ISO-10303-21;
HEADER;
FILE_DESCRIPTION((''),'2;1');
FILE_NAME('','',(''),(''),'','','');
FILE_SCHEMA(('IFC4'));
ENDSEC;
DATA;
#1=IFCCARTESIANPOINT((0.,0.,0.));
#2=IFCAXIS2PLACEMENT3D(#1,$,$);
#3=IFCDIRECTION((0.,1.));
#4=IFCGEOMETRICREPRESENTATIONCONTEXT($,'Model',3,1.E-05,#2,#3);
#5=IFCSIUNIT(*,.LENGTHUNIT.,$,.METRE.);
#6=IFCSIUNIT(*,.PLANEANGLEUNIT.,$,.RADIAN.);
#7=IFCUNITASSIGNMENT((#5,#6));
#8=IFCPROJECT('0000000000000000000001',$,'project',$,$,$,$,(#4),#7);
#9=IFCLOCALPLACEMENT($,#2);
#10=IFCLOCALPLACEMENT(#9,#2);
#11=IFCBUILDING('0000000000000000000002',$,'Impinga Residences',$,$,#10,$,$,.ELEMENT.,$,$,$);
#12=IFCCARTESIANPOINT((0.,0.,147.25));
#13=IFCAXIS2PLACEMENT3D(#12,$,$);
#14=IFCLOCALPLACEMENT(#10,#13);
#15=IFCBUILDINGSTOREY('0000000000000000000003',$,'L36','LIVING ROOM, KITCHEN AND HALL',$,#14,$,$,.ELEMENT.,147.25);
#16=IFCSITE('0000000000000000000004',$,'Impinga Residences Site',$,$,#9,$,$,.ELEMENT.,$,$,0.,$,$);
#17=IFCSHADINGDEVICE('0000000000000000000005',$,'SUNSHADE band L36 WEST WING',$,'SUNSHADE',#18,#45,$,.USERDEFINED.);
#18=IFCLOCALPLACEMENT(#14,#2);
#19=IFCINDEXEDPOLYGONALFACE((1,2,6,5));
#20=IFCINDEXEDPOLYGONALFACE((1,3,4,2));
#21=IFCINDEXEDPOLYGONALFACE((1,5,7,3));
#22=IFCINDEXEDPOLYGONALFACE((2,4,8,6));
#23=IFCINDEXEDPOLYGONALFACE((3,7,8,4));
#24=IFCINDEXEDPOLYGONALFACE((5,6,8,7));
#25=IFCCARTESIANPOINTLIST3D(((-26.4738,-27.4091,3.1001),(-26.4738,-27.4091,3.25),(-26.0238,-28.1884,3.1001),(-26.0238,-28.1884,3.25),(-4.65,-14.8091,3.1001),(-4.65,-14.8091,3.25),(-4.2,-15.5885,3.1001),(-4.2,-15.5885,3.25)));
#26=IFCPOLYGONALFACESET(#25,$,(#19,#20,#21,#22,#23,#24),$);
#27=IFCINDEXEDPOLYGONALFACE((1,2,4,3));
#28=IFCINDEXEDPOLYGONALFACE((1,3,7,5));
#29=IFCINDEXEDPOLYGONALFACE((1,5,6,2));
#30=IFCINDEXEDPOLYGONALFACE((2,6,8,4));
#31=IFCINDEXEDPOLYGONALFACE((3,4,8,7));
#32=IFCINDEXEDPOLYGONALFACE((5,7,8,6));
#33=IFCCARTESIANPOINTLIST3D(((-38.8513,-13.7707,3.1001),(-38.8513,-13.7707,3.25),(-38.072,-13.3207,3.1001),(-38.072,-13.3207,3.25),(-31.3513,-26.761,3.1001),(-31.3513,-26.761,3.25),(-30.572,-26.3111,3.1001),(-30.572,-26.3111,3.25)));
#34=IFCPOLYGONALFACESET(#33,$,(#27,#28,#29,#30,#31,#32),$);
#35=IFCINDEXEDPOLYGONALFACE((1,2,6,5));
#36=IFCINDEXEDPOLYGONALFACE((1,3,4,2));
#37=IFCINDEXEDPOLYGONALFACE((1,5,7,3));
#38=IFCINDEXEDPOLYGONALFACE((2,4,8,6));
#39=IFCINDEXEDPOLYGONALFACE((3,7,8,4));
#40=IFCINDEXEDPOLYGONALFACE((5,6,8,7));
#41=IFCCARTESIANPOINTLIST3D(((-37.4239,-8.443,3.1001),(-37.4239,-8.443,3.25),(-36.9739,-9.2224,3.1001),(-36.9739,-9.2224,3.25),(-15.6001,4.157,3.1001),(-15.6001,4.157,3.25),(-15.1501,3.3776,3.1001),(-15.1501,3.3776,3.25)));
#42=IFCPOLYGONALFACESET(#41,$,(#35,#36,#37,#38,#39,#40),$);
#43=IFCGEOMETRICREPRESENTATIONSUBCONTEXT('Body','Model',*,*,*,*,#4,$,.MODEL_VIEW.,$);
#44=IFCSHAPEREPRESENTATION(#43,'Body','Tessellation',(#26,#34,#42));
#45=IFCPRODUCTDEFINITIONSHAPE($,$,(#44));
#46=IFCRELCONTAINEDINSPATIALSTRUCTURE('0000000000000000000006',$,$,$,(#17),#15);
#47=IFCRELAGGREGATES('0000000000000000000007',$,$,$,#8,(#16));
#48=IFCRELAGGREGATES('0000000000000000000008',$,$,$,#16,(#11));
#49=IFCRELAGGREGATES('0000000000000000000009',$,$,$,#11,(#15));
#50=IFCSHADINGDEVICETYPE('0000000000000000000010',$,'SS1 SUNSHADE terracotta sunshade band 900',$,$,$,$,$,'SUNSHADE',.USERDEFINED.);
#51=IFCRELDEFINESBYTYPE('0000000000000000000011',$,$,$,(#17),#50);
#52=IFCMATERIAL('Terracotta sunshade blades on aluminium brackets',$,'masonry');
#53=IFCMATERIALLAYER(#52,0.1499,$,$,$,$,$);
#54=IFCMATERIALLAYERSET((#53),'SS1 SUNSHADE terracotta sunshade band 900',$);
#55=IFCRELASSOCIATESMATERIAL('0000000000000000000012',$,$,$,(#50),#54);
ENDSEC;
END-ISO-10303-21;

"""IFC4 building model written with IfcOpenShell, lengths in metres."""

from ifc_helpers import new_model, si_unit, direction, frame, origin, origin_2d, place, context, subcontext, project, spatial, rectangle, extrude, material, layer, layer_set, type_object, element, save


model = new_model("IFC4")

# Units and contexts
model_context = context("Model", 3, precision=1e-05, world=origin(), true_north=direction((0.0, 1.0)))
body_context = subcontext(model_context, "Body", "Model", "MODEL_VIEW")
ifc_project = project(units=[si_unit("LENGTHUNIT", "METRE"), si_unit("PLANEANGLEUNIT", "RADIAN")], contexts=[model_context])

# Site, building, storey
site_placement = place(None, origin())
site = spatial("IfcSite", under=ifc_project, at=site_placement, Name="Impinga Residences Site", CompositionType="ELEMENT", RefElevation=0.0)
building_placement = place(site_placement, origin())
building = spatial("IfcBuilding", under=site, at=building_placement, Name="Impinga Residences", CompositionType="ELEMENT")
storey_placement = place(building_placement, frame((0.0, 0.0, 147.25)))
storey = spatial("IfcBuildingStorey", under=building, at=storey_placement, Name="L36", Description="LIVING ROOM, KITCHEN AND HALL", CompositionType="ELEMENT", Elevation=147.25)

# Shading device
ifc_material_1 = material(Name="Terracotta sunshade blades on aluminium brackets", Category="masonry")
ifc_layer_1 = layer(ifc_material_1, 0.1499)
ifc_layer_set_1 = layer_set([ifc_layer_1], Name="SS1 SUNSHADE terracotta sunshade band 900")
shading_device_type = type_object("IfcShadingDeviceType", Name="SS1 SUNSHADE terracotta sunshade band 900", ElementType="SUNSHADE", PredefinedType="USERDEFINED", material=ifc_layer_set_1)
shading_device_placement = place(storey_placement, frame((-15.3369, -21.4988, 3.1001), z_axis=(0.0, 0.0, 1.0), x_axis=(-0.866025, -0.5, 0.0)))
element("IfcShadingDevice", 1, at=shading_device_placement, inside=storey, type_object=shading_device_type, Name="SUNSHADE band L36 WEST WING", ObjectType="SUNSHADE", PredefinedType="USERDEFINED", context=body_context, shape_type="SweptSolid", body=[
    extrude(rectangle(XDim=25.2, YDim=0.8999, at=origin_2d()), origin(), (0.0, 0.0, 1.0), 0.1499),
    extrude(rectangle(XDim=15.0, YDim=0.8999, at=origin_2d()), frame((16.05, -10.95, 0.0), z_axis=(0.0, 0.0, 1.0), x_axis=(0.0, -1.0, 0.0)), (0.0, 0.0, 1.0), 0.1499),
    extrude(rectangle(XDim=25.2, YDim=0.8999, at=origin_2d()), frame((0.0, -21.9001, 0.0), z_axis=(0.0, 0.0, 1.0), x_axis=(-1.0, 0.0, 0.0)), (0.0, 0.0, 1.0), 0.1499),
])

save(model, "model.ifc")
